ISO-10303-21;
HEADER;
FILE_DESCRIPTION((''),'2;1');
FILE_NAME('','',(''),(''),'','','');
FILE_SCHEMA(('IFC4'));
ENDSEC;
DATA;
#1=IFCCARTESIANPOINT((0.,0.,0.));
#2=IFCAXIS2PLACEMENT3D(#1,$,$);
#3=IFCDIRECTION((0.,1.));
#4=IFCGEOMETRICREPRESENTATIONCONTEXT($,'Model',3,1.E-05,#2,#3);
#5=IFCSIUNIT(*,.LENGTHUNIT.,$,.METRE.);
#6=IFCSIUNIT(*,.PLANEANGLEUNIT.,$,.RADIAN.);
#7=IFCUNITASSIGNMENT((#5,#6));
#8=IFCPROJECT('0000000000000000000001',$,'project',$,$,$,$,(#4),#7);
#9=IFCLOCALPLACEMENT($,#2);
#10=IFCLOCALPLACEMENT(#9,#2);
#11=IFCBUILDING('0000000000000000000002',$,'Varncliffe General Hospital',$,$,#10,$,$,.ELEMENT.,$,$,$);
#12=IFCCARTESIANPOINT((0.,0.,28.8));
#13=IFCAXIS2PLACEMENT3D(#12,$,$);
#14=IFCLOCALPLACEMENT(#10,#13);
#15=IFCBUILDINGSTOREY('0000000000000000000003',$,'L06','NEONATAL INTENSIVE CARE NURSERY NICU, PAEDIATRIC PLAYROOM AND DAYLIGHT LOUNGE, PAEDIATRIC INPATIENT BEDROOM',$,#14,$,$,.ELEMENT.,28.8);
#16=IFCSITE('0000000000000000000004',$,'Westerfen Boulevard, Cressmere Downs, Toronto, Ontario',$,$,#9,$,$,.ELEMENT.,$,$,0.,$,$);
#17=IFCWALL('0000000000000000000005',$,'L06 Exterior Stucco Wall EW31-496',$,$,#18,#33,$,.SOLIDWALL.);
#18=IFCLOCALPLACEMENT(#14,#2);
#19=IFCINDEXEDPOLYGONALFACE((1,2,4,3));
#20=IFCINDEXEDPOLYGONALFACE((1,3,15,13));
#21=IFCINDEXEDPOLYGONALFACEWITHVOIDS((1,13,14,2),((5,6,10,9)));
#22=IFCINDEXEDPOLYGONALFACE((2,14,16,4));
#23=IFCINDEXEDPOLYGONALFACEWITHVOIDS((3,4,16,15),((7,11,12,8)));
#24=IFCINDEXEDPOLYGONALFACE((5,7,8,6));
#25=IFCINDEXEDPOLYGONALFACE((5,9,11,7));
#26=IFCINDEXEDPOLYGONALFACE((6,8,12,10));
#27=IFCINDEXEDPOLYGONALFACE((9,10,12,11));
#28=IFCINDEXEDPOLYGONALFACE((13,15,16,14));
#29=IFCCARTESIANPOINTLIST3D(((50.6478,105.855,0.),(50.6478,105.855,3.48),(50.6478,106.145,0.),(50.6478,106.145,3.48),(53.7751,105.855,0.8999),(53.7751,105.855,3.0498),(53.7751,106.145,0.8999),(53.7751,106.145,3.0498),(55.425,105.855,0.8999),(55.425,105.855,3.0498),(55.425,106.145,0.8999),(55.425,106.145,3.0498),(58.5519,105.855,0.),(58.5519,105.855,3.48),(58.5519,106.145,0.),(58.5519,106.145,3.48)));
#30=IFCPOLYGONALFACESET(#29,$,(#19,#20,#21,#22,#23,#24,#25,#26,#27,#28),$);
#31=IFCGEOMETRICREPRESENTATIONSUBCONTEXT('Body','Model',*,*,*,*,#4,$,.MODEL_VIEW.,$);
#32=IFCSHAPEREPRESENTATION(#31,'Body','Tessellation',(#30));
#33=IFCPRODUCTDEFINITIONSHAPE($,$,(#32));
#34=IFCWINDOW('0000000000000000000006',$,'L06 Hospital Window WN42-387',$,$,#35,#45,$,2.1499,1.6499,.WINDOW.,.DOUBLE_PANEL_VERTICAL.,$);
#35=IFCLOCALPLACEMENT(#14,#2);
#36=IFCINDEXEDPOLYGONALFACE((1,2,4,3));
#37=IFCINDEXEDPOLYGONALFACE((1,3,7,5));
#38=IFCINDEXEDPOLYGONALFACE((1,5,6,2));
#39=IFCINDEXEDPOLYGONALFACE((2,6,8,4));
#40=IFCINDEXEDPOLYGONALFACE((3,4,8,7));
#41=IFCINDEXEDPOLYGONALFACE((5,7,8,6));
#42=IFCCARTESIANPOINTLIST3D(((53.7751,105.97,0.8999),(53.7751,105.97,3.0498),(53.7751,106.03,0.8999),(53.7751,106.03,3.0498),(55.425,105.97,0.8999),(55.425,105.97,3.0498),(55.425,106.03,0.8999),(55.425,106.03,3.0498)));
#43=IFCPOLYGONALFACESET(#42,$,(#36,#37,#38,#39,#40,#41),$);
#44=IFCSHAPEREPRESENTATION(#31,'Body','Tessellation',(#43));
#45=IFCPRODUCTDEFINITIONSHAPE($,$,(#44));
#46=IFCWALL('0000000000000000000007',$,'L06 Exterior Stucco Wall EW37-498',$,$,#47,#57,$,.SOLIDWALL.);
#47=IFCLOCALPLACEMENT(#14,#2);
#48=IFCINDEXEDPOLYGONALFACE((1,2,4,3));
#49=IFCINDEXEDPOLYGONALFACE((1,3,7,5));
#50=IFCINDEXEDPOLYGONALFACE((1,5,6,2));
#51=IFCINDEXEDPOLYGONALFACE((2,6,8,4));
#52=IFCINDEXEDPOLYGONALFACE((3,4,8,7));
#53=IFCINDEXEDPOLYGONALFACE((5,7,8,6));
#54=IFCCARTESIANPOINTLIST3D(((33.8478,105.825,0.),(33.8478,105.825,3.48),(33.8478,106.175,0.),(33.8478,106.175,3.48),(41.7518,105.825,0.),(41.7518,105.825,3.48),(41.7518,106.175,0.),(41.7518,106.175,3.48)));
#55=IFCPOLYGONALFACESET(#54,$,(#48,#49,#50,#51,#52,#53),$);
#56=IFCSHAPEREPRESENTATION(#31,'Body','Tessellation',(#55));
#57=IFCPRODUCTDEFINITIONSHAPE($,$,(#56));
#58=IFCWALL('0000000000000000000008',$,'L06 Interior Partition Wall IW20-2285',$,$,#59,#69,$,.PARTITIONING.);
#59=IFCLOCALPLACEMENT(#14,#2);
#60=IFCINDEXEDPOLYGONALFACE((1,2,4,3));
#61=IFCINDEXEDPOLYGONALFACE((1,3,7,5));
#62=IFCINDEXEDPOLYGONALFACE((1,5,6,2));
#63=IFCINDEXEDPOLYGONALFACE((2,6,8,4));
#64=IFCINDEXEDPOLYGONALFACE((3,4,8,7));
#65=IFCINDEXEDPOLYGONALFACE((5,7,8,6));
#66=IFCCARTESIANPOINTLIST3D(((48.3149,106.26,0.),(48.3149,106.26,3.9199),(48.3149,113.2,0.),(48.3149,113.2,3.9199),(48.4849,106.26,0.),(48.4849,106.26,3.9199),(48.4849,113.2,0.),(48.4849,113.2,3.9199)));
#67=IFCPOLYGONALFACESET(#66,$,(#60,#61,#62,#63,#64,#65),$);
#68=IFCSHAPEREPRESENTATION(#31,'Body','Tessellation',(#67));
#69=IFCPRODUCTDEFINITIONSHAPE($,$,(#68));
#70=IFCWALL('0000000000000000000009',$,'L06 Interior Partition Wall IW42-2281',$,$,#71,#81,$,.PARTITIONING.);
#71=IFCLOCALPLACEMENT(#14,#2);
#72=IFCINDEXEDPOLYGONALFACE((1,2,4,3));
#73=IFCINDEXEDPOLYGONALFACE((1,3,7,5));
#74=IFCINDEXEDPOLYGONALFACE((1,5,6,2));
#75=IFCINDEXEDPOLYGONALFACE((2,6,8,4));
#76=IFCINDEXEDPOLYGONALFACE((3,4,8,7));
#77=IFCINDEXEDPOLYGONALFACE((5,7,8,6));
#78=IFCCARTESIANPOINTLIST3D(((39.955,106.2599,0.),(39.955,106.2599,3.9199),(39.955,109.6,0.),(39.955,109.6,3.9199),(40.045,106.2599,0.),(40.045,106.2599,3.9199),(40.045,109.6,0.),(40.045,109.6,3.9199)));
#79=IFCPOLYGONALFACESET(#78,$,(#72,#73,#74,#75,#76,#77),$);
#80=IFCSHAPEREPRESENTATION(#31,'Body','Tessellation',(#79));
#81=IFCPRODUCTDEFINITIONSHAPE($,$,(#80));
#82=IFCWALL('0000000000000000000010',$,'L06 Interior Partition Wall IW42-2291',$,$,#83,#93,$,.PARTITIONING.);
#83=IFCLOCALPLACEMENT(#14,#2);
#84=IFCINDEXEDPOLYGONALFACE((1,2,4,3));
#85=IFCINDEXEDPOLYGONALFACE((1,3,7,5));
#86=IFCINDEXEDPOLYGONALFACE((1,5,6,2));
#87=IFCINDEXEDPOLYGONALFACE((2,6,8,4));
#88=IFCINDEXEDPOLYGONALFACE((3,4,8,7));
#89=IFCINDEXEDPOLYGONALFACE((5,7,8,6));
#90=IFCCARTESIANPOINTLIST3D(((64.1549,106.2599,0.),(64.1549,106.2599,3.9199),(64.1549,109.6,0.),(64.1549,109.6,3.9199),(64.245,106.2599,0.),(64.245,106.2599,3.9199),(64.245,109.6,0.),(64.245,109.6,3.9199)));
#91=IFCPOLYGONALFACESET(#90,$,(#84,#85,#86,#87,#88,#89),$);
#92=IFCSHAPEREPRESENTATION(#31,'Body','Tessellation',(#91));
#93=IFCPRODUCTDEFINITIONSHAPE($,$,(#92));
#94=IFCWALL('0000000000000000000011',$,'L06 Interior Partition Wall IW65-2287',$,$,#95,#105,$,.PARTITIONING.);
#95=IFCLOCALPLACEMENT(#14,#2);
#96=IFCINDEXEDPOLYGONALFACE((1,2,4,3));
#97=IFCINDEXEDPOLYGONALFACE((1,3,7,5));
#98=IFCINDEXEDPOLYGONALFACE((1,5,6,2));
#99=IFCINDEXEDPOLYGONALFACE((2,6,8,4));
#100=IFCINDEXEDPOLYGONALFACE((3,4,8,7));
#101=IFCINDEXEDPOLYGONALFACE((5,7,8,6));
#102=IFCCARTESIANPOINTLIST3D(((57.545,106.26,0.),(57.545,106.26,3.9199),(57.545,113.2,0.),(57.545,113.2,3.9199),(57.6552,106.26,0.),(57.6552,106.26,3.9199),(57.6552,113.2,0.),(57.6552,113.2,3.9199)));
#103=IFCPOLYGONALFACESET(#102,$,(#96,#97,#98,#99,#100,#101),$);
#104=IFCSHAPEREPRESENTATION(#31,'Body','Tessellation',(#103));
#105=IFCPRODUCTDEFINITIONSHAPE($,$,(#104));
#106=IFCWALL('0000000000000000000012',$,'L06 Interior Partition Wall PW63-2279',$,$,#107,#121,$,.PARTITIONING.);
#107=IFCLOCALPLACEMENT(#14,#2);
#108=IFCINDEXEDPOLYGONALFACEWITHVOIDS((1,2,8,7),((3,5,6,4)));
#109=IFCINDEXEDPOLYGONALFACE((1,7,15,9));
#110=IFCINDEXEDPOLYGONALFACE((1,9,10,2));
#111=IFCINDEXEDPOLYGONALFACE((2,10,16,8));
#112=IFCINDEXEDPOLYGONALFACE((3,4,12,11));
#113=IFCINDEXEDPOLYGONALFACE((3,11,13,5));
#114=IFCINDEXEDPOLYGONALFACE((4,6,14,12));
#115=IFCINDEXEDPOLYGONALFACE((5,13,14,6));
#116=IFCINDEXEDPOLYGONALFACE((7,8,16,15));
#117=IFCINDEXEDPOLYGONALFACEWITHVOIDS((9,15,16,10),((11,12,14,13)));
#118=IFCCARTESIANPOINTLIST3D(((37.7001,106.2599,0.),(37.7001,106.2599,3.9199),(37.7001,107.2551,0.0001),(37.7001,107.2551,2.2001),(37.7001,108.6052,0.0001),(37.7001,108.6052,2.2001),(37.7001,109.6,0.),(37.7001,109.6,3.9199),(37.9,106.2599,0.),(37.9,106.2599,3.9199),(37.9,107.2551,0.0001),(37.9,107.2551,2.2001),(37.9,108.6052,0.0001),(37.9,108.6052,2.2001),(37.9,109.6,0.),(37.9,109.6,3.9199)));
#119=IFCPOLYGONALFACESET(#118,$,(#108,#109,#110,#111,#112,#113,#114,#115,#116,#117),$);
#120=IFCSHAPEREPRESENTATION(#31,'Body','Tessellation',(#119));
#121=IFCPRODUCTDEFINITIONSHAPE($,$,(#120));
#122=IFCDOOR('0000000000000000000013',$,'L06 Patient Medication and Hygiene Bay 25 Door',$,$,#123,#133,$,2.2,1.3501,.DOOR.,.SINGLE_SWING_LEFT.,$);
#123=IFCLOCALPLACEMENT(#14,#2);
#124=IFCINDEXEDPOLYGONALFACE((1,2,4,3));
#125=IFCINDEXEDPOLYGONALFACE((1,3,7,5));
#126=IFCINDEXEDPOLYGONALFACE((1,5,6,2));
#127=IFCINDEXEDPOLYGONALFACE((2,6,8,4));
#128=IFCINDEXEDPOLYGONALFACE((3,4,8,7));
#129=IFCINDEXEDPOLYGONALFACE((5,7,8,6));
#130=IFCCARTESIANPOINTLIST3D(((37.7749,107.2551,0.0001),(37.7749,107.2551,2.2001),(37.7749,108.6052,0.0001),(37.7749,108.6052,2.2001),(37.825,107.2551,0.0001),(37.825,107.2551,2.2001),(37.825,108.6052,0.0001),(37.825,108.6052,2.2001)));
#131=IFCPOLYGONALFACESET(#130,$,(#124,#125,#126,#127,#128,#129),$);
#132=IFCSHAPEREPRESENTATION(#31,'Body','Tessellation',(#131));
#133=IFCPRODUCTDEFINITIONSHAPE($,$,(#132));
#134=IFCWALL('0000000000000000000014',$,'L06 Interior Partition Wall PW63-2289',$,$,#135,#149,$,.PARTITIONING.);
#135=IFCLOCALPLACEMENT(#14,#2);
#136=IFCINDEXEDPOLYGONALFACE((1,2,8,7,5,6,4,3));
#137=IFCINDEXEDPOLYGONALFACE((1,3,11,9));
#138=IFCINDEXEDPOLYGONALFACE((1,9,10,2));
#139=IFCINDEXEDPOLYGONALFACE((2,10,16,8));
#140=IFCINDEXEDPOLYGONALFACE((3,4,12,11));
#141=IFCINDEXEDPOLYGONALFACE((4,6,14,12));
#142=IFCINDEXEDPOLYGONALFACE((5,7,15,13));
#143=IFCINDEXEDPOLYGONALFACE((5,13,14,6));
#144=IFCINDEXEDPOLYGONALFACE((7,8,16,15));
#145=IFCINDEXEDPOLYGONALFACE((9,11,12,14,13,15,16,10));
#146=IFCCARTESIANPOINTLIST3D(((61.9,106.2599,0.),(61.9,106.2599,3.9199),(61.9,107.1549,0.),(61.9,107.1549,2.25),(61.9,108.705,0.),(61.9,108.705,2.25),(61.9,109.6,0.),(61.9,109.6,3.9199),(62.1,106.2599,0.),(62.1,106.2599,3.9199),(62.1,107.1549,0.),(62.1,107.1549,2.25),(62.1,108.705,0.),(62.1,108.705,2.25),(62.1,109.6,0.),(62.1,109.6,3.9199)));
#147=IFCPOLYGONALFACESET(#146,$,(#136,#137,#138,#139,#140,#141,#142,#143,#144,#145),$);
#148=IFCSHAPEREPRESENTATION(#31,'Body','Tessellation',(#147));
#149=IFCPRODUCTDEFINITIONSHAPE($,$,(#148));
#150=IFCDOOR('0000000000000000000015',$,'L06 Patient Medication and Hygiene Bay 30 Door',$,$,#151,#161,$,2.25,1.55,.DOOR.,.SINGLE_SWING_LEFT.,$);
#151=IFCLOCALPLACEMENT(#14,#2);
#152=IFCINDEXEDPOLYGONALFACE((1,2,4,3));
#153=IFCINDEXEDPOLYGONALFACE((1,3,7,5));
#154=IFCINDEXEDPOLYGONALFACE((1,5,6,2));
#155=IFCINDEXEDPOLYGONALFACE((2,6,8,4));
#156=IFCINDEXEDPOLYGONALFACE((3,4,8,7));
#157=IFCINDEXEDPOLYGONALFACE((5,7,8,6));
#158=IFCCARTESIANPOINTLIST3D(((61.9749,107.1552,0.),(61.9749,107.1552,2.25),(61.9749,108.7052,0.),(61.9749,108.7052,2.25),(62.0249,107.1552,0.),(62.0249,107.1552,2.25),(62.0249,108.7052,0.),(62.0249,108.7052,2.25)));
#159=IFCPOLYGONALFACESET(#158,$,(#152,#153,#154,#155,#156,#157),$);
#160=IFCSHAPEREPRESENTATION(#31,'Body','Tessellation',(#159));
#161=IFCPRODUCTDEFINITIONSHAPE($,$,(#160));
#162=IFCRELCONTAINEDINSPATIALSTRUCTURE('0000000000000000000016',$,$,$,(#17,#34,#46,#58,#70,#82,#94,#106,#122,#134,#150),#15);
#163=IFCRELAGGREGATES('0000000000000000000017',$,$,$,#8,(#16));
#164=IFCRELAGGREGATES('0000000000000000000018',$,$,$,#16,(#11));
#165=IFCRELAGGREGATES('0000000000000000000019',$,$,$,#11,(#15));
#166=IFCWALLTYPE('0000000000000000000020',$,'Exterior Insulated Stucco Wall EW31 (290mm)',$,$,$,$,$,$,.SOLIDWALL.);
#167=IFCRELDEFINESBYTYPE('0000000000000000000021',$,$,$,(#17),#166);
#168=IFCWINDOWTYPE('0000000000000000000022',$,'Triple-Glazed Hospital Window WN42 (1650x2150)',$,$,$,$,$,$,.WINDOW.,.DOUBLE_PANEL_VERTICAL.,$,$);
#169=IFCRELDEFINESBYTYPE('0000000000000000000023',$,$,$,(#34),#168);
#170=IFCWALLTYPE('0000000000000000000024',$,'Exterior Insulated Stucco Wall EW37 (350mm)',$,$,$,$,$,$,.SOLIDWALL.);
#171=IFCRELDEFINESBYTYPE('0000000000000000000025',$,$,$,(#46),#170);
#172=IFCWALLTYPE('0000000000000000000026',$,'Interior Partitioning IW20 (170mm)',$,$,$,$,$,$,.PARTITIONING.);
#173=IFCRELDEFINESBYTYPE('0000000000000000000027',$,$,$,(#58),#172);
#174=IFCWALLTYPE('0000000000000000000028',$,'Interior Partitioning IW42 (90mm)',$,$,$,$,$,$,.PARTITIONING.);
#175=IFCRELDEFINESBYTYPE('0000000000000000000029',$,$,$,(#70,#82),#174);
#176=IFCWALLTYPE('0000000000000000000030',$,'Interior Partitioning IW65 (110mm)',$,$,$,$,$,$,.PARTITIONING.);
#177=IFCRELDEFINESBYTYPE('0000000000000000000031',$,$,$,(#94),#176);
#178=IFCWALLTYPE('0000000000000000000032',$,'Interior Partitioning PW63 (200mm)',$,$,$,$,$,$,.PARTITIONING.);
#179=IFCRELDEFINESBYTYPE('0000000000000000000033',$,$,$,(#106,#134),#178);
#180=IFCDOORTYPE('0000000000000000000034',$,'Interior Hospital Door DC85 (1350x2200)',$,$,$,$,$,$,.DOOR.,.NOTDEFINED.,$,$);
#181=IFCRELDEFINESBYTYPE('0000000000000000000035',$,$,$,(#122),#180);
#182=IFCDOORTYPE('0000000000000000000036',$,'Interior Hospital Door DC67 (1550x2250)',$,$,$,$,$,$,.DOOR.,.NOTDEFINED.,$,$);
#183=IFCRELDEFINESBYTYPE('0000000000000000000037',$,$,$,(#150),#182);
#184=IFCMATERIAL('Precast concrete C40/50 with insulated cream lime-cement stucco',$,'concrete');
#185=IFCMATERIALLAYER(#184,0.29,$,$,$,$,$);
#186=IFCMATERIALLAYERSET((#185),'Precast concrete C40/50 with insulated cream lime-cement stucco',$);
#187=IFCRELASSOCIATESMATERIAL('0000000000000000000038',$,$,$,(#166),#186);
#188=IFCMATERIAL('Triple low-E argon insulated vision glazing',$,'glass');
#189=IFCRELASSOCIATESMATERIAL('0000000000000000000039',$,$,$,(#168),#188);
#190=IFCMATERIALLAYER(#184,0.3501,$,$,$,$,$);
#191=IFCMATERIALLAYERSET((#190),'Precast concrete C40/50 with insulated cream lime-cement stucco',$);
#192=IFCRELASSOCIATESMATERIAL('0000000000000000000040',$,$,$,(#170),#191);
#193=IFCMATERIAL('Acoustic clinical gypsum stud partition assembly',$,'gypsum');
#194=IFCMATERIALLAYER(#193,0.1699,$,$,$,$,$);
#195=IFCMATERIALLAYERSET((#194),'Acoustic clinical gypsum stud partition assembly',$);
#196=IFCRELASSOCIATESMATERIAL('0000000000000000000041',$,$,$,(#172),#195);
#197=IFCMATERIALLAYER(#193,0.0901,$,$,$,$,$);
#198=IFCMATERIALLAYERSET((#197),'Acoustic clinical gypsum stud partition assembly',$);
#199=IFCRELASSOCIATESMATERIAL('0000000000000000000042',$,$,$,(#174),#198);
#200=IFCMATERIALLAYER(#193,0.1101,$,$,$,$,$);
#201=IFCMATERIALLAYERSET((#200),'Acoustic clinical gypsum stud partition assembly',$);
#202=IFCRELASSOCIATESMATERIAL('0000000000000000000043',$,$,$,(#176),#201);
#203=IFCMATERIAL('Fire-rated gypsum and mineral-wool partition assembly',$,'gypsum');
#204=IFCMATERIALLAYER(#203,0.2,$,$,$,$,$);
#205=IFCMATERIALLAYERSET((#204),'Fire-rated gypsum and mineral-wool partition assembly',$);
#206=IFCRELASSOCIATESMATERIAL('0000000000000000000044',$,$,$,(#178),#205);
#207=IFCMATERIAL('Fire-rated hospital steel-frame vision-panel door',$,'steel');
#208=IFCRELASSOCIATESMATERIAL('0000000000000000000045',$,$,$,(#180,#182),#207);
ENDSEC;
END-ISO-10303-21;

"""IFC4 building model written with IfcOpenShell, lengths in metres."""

from ifc_helpers import new_model, si_unit, direction, frame, frame_2d, origin, place, context, subcontext, project, spatial, rectangle, extrude, material, layer, layer_set, type_object, element, fill, save


model = new_model("IFC4")

# Units and contexts
model_context = context("Model", 3, precision=1e-05, world=origin(), true_north=direction((0.0, 1.0)))
body_context = subcontext(model_context, "Body", "Model", "MODEL_VIEW")
ifc_project = project(units=[si_unit("LENGTHUNIT", "METRE"), si_unit("PLANEANGLEUNIT", "RADIAN")], contexts=[model_context])

# Site, building, storey
site_placement = place(None, origin())
site = spatial("IfcSite", under=ifc_project, at=site_placement, Name="Westerfen Boulevard, Cressmere Downs, Toronto, Ontario", CompositionType="ELEMENT", RefElevation=0.0)
building_placement = place(site_placement, origin())
building = spatial("IfcBuilding", under=site, at=building_placement, Name="Varncliffe General Hospital", CompositionType="ELEMENT")
storey_placement = place(building_placement, frame((0.0, 0.0, 28.8)))
storey = spatial("IfcBuildingStorey", under=building, at=storey_placement, Name="L06", Description="NEONATAL INTENSIVE CARE NURSERY NICU, PAEDIATRIC PLAYROOM AND DAYLIGHT LOUNGE, PAEDIATRIC INPATIENT BEDROOM", CompositionType="ELEMENT", Elevation=28.8)

# Wall, opening, window
ifc_material_1 = material(Name="Precast concrete C40/50 with insulated cream lime-cement stucco", Category="concrete")
ifc_material_2 = material(Name="Triple low-E argon insulated vision glazing", Category="glass")
ifc_layer_1 = layer(ifc_material_1, 0.29)
ifc_layer_set_1 = layer_set([ifc_layer_1], Name="Precast concrete C40/50 with insulated cream lime-cement stucco")
wall_type_1 = type_object("IfcWallType", Name="Exterior Insulated Stucco Wall EW31 (290mm)", PredefinedType="SOLIDWALL", material=ifc_layer_set_1)
wall_1_placement = place(storey_placement, frame((58.552, 106.0, 0.0), z_axis=(0.0, 0.0, 1.0), x_axis=(-1.0, 0.0, 0.0)))
wall_1 = element("IfcWall", 1, at=wall_1_placement, inside=storey, type_object=wall_type_1, Name="L06 Exterior Stucco Wall EW31-496", PredefinedType="SOLIDWALL", context=body_context, shape_type="SweptSolid", body=[
    extrude(rectangle(XDim=7.9041, YDim=0.29, at=frame_2d((3.9521, 0.0))), origin(), (0.0, 0.0, 1.0), 3.48),
])
opening_1_placement = place(wall_1_placement, frame((3.127, 0.0, 0.8999)))
opening_1 = element("IfcOpeningElement", 2, at=opening_1_placement, cuts=wall_1, PredefinedType="OPENING", context=body_context, shape_type="SweptSolid", body=[
    extrude(rectangle(XDim=1.6499, YDim=2.1499, at=frame_2d((0.825, 1.075))), frame((0.0, 0.155, 0.0), z_axis=(0.0, -1.0, 0.0), x_axis=(1.0, 0.0, 0.0)), (0.0, 0.0, 1.0), 0.3101),
])
window_type_1 = type_object("IfcWindowType", Name="Triple-Glazed Hospital Window WN42 (1650x2150)", PartitioningType="DOUBLE_PANEL_VERTICAL", PredefinedType="WINDOW", material=ifc_material_2)
window_1_placement = place(opening_1_placement, origin())
window_1 = element("IfcWindow", 3, at=window_1_placement, inside=storey, type_object=window_type_1, Name="L06 Hospital Window WN42-387", OverallHeight=2.1499, OverallWidth=1.6499, PartitioningType="DOUBLE_PANEL_VERTICAL", PredefinedType="WINDOW", context=body_context, shape_type="SweptSolid", body=[
    extrude(rectangle(XDim=1.6499, YDim=2.1499, at=frame_2d((0.825, 1.075))), frame((0.0, 0.03, 0.0), z_axis=(0.0, -1.0, 0.0), x_axis=(1.0, 0.0, 0.0)), (0.0, 0.0, 1.0), 0.0601),
])
fill(opening_1, window_1)

# Walls
ifc_layer_2 = layer(ifc_material_1, 0.3501)
ifc_layer_set_2 = layer_set([ifc_layer_2], Name="Precast concrete C40/50 with insulated cream lime-cement stucco")
wall_type_2 = type_object("IfcWallType", Name="Exterior Insulated Stucco Wall EW37 (350mm)", PredefinedType="SOLIDWALL", material=ifc_layer_set_2)
wall_2_placement = place(storey_placement, frame((41.752, 106.0, 0.0), z_axis=(0.0, 0.0, 1.0), x_axis=(-1.0, 0.0, 0.0)))
element("IfcWall", 4, at=wall_2_placement, inside=storey, type_object=wall_type_2, Name="L06 Exterior Stucco Wall EW37-498", PredefinedType="SOLIDWALL", context=body_context, shape_type="SweptSolid", body=[
    extrude(rectangle(XDim=7.9041, YDim=0.3501, at=frame_2d((3.9521, 0.0))), origin(), (0.0, 0.0, 1.0), 3.48),
])
ifc_material_3 = material(Name="Acoustic clinical gypsum stud partition assembly", Category="gypsum")
ifc_layer_3 = layer(ifc_material_3, 0.1699)
ifc_layer_set_3 = layer_set([ifc_layer_3], Name="Acoustic clinical gypsum stud partition assembly")
wall_type_3 = type_object("IfcWallType", Name="Interior Partitioning IW20 (170mm)", PredefinedType="PARTITIONING", material=ifc_layer_set_3)
wall_3_placement = place(storey_placement, frame((48.3999, 106.26, 0.0), z_axis=(0.0, 0.0, 1.0), x_axis=(0.0, 1.0, 0.0)))
element("IfcWall", 5, at=wall_3_placement, inside=storey, type_object=wall_type_3, Name="L06 Interior Partition Wall IW20-2285", PredefinedType="PARTITIONING", context=body_context, shape_type="SweptSolid", body=[
    extrude(rectangle(XDim=6.9399, YDim=0.1699, at=frame_2d((3.47, 0.0))), origin(), (0.0, 0.0, 1.0), 3.9199),
])
ifc_layer_4 = layer(ifc_material_3, 0.0901)
ifc_layer_set_4 = layer_set([ifc_layer_4], Name="Acoustic clinical gypsum stud partition assembly")
wall_type_4 = type_object("IfcWallType", Name="Interior Partitioning IW42 (90mm)", PredefinedType="PARTITIONING", material=ifc_layer_set_4)
for number, where, z_axis, x_axis, name in (
    (6, (40.0, 106.26, 0.0), (0.0, 0.0, 1.0), (0.0, 1.0, 0.0), "L06 Interior Partition Wall IW42-2281"),
    (7, (64.2, 106.26, 0.0), (0.0, 0.0, 1.0), (0.0, 1.0, 0.0), "L06 Interior Partition Wall IW42-2291"),
):
    element("IfcWall", number, at=place(storey_placement, frame(where, z_axis=z_axis, x_axis=x_axis)), inside=storey, type_object=wall_type_4, Name=name, PredefinedType="PARTITIONING", context=body_context, shape_type="SweptSolid", body=[
        extrude(rectangle(XDim=3.3401, YDim=0.0901, at=frame_2d((1.6699, 0.0))), origin(), (0.0, 0.0, 1.0), 3.9199),
    ])
ifc_layer_5 = layer(ifc_material_3, 0.1101)
ifc_layer_set_5 = layer_set([ifc_layer_5], Name="Acoustic clinical gypsum stud partition assembly")
wall_type_5 = type_object("IfcWallType", Name="Interior Partitioning IW65 (110mm)", PredefinedType="PARTITIONING", material=ifc_layer_set_5)
wall_4_placement = place(storey_placement, frame((57.6001, 106.26, 0.0), z_axis=(0.0, 0.0, 1.0), x_axis=(0.0, 1.0, 0.0)))
element("IfcWall", 8, at=wall_4_placement, inside=storey, type_object=wall_type_5, Name="L06 Interior Partition Wall IW65-2287", PredefinedType="PARTITIONING", context=body_context, shape_type="SweptSolid", body=[
    extrude(rectangle(XDim=6.9399, YDim=0.1101, at=frame_2d((3.47, 0.0))), origin(), (0.0, 0.0, 1.0), 3.9199),
])

# Walls, openings, doors
ifc_material_4 = material(Name="Fire-rated gypsum and mineral-wool partition assembly", Category="gypsum")
ifc_layer_6 = layer(ifc_material_4, 0.2)
ifc_layer_set_6 = layer_set([ifc_layer_6], Name="Fire-rated gypsum and mineral-wool partition assembly")
wall_type_6 = type_object("IfcWallType", Name="Interior Partitioning PW63 (200mm)", PredefinedType="PARTITIONING", material=ifc_layer_set_6)
wall_5_placement = place(storey_placement, frame((37.8, 106.26, 0.0), z_axis=(0.0, 0.0, 1.0), x_axis=(0.0, 1.0, 0.0)))
wall_5 = element("IfcWall", 9, at=wall_5_placement, inside=storey, type_object=wall_type_6, Name="L06 Interior Partition Wall PW63-2279", PredefinedType="PARTITIONING", context=body_context, shape_type="SweptSolid", body=[
    extrude(rectangle(XDim=3.3401, YDim=0.2, at=frame_2d((1.6699, 0.0))), origin(), (0.0, 0.0, 1.0), 3.9199),
])
opening_2_placement = place(wall_5_placement, frame((0.9951, 0.0, 0.0)))
opening_2 = element("IfcOpeningElement", 10, at=opening_2_placement, cuts=wall_5, PredefinedType="OPENING", context=body_context, shape_type="SweptSolid", body=[
    extrude(rectangle(XDim=1.3501, YDim=2.2, at=frame_2d((0.675, 1.1001))), frame((0.0, 0.1099, 0.0), z_axis=(0.0, -1.0, 0.0), x_axis=(1.0, 0.0, 0.0)), (0.0, 0.0, 1.0), 0.22),
])
ifc_material_5 = material(Name="Fire-rated hospital steel-frame vision-panel door", Category="steel")
door_type_1 = type_object("IfcDoorType", Name="Interior Hospital Door DC85 (1350x2200)", OperationType="NOTDEFINED", PredefinedType="DOOR", material=ifc_material_5)
door_1_placement = place(opening_2_placement, frame((1.3501, 0.0, 0.0), z_axis=(0.0, 0.0, 1.0), x_axis=(-1.0, 0.0, 0.0)))
door_1 = element("IfcDoor", 11, at=door_1_placement, inside=storey, type_object=door_type_1, Name="L06 Patient Medication and Hygiene Bay 25 Door", OperationType="SINGLE_SWING_LEFT", OverallHeight=2.2, OverallWidth=1.3501, PredefinedType="DOOR", context=body_context, shape_type="SweptSolid", body=[
    extrude(rectangle(XDim=1.3501, YDim=2.2, at=frame_2d((0.675, 1.1001))), frame((0.0, 0.0249, 0.0), z_axis=(0.0, -1.0, 0.0), x_axis=(1.0, 0.0, 0.0)), (0.0, 0.0, 1.0), 0.05),
])
fill(opening_2, door_1)
wall_6_placement = place(storey_placement, frame((62.0, 106.26, 0.0), z_axis=(0.0, 0.0, 1.0), x_axis=(0.0, 1.0, 0.0)))
wall_6 = element("IfcWall", 12, at=wall_6_placement, inside=storey, type_object=wall_type_6, Name="L06 Interior Partition Wall PW63-2289", PredefinedType="PARTITIONING", context=body_context, shape_type="SweptSolid", body=[
    extrude(rectangle(XDim=3.3401, YDim=0.2, at=frame_2d((1.6699, 0.0))), origin(), (0.0, 0.0, 1.0), 3.9199),
])
opening_3_placement = place(wall_6_placement, frame((0.895, 0.0, 0.0)))
opening_3 = element("IfcOpeningElement", 13, at=opening_3_placement, cuts=wall_6, PredefinedType="OPENING", context=body_context, shape_type="SweptSolid", body=[
    extrude(rectangle(XDim=1.55, YDim=2.25, at=frame_2d((0.7749, 1.125))), frame((0.0, 0.1099, 0.0), z_axis=(0.0, -1.0, 0.0), x_axis=(1.0, 0.0, 0.0)), (0.0, 0.0, 1.0), 0.22),
])
door_type_2 = type_object("IfcDoorType", Name="Interior Hospital Door DC67 (1550x2250)", OperationType="NOTDEFINED", PredefinedType="DOOR", material=ifc_material_5)
door_2_placement = place(opening_3_placement, frame((1.55, 0.0, 0.0), z_axis=(0.0, 0.0, 1.0), x_axis=(-1.0, 0.0, 0.0)))
door_2 = element("IfcDoor", 14, at=door_2_placement, inside=storey, type_object=door_type_2, Name="L06 Patient Medication and Hygiene Bay 30 Door", OperationType="SINGLE_SWING_LEFT", OverallHeight=2.25, OverallWidth=1.55, PredefinedType="DOOR", context=body_context, shape_type="SweptSolid", body=[
    extrude(rectangle(XDim=1.55, YDim=2.25, at=frame_2d((0.7749, 1.125))), frame((0.0, 0.0249, 0.0), z_axis=(0.0, -1.0, 0.0), x_axis=(1.0, 0.0, 0.0)), (0.0, 0.0, 1.0), 0.05),
])
fill(opening_3, door_2)

save(model, "model.ifc")
